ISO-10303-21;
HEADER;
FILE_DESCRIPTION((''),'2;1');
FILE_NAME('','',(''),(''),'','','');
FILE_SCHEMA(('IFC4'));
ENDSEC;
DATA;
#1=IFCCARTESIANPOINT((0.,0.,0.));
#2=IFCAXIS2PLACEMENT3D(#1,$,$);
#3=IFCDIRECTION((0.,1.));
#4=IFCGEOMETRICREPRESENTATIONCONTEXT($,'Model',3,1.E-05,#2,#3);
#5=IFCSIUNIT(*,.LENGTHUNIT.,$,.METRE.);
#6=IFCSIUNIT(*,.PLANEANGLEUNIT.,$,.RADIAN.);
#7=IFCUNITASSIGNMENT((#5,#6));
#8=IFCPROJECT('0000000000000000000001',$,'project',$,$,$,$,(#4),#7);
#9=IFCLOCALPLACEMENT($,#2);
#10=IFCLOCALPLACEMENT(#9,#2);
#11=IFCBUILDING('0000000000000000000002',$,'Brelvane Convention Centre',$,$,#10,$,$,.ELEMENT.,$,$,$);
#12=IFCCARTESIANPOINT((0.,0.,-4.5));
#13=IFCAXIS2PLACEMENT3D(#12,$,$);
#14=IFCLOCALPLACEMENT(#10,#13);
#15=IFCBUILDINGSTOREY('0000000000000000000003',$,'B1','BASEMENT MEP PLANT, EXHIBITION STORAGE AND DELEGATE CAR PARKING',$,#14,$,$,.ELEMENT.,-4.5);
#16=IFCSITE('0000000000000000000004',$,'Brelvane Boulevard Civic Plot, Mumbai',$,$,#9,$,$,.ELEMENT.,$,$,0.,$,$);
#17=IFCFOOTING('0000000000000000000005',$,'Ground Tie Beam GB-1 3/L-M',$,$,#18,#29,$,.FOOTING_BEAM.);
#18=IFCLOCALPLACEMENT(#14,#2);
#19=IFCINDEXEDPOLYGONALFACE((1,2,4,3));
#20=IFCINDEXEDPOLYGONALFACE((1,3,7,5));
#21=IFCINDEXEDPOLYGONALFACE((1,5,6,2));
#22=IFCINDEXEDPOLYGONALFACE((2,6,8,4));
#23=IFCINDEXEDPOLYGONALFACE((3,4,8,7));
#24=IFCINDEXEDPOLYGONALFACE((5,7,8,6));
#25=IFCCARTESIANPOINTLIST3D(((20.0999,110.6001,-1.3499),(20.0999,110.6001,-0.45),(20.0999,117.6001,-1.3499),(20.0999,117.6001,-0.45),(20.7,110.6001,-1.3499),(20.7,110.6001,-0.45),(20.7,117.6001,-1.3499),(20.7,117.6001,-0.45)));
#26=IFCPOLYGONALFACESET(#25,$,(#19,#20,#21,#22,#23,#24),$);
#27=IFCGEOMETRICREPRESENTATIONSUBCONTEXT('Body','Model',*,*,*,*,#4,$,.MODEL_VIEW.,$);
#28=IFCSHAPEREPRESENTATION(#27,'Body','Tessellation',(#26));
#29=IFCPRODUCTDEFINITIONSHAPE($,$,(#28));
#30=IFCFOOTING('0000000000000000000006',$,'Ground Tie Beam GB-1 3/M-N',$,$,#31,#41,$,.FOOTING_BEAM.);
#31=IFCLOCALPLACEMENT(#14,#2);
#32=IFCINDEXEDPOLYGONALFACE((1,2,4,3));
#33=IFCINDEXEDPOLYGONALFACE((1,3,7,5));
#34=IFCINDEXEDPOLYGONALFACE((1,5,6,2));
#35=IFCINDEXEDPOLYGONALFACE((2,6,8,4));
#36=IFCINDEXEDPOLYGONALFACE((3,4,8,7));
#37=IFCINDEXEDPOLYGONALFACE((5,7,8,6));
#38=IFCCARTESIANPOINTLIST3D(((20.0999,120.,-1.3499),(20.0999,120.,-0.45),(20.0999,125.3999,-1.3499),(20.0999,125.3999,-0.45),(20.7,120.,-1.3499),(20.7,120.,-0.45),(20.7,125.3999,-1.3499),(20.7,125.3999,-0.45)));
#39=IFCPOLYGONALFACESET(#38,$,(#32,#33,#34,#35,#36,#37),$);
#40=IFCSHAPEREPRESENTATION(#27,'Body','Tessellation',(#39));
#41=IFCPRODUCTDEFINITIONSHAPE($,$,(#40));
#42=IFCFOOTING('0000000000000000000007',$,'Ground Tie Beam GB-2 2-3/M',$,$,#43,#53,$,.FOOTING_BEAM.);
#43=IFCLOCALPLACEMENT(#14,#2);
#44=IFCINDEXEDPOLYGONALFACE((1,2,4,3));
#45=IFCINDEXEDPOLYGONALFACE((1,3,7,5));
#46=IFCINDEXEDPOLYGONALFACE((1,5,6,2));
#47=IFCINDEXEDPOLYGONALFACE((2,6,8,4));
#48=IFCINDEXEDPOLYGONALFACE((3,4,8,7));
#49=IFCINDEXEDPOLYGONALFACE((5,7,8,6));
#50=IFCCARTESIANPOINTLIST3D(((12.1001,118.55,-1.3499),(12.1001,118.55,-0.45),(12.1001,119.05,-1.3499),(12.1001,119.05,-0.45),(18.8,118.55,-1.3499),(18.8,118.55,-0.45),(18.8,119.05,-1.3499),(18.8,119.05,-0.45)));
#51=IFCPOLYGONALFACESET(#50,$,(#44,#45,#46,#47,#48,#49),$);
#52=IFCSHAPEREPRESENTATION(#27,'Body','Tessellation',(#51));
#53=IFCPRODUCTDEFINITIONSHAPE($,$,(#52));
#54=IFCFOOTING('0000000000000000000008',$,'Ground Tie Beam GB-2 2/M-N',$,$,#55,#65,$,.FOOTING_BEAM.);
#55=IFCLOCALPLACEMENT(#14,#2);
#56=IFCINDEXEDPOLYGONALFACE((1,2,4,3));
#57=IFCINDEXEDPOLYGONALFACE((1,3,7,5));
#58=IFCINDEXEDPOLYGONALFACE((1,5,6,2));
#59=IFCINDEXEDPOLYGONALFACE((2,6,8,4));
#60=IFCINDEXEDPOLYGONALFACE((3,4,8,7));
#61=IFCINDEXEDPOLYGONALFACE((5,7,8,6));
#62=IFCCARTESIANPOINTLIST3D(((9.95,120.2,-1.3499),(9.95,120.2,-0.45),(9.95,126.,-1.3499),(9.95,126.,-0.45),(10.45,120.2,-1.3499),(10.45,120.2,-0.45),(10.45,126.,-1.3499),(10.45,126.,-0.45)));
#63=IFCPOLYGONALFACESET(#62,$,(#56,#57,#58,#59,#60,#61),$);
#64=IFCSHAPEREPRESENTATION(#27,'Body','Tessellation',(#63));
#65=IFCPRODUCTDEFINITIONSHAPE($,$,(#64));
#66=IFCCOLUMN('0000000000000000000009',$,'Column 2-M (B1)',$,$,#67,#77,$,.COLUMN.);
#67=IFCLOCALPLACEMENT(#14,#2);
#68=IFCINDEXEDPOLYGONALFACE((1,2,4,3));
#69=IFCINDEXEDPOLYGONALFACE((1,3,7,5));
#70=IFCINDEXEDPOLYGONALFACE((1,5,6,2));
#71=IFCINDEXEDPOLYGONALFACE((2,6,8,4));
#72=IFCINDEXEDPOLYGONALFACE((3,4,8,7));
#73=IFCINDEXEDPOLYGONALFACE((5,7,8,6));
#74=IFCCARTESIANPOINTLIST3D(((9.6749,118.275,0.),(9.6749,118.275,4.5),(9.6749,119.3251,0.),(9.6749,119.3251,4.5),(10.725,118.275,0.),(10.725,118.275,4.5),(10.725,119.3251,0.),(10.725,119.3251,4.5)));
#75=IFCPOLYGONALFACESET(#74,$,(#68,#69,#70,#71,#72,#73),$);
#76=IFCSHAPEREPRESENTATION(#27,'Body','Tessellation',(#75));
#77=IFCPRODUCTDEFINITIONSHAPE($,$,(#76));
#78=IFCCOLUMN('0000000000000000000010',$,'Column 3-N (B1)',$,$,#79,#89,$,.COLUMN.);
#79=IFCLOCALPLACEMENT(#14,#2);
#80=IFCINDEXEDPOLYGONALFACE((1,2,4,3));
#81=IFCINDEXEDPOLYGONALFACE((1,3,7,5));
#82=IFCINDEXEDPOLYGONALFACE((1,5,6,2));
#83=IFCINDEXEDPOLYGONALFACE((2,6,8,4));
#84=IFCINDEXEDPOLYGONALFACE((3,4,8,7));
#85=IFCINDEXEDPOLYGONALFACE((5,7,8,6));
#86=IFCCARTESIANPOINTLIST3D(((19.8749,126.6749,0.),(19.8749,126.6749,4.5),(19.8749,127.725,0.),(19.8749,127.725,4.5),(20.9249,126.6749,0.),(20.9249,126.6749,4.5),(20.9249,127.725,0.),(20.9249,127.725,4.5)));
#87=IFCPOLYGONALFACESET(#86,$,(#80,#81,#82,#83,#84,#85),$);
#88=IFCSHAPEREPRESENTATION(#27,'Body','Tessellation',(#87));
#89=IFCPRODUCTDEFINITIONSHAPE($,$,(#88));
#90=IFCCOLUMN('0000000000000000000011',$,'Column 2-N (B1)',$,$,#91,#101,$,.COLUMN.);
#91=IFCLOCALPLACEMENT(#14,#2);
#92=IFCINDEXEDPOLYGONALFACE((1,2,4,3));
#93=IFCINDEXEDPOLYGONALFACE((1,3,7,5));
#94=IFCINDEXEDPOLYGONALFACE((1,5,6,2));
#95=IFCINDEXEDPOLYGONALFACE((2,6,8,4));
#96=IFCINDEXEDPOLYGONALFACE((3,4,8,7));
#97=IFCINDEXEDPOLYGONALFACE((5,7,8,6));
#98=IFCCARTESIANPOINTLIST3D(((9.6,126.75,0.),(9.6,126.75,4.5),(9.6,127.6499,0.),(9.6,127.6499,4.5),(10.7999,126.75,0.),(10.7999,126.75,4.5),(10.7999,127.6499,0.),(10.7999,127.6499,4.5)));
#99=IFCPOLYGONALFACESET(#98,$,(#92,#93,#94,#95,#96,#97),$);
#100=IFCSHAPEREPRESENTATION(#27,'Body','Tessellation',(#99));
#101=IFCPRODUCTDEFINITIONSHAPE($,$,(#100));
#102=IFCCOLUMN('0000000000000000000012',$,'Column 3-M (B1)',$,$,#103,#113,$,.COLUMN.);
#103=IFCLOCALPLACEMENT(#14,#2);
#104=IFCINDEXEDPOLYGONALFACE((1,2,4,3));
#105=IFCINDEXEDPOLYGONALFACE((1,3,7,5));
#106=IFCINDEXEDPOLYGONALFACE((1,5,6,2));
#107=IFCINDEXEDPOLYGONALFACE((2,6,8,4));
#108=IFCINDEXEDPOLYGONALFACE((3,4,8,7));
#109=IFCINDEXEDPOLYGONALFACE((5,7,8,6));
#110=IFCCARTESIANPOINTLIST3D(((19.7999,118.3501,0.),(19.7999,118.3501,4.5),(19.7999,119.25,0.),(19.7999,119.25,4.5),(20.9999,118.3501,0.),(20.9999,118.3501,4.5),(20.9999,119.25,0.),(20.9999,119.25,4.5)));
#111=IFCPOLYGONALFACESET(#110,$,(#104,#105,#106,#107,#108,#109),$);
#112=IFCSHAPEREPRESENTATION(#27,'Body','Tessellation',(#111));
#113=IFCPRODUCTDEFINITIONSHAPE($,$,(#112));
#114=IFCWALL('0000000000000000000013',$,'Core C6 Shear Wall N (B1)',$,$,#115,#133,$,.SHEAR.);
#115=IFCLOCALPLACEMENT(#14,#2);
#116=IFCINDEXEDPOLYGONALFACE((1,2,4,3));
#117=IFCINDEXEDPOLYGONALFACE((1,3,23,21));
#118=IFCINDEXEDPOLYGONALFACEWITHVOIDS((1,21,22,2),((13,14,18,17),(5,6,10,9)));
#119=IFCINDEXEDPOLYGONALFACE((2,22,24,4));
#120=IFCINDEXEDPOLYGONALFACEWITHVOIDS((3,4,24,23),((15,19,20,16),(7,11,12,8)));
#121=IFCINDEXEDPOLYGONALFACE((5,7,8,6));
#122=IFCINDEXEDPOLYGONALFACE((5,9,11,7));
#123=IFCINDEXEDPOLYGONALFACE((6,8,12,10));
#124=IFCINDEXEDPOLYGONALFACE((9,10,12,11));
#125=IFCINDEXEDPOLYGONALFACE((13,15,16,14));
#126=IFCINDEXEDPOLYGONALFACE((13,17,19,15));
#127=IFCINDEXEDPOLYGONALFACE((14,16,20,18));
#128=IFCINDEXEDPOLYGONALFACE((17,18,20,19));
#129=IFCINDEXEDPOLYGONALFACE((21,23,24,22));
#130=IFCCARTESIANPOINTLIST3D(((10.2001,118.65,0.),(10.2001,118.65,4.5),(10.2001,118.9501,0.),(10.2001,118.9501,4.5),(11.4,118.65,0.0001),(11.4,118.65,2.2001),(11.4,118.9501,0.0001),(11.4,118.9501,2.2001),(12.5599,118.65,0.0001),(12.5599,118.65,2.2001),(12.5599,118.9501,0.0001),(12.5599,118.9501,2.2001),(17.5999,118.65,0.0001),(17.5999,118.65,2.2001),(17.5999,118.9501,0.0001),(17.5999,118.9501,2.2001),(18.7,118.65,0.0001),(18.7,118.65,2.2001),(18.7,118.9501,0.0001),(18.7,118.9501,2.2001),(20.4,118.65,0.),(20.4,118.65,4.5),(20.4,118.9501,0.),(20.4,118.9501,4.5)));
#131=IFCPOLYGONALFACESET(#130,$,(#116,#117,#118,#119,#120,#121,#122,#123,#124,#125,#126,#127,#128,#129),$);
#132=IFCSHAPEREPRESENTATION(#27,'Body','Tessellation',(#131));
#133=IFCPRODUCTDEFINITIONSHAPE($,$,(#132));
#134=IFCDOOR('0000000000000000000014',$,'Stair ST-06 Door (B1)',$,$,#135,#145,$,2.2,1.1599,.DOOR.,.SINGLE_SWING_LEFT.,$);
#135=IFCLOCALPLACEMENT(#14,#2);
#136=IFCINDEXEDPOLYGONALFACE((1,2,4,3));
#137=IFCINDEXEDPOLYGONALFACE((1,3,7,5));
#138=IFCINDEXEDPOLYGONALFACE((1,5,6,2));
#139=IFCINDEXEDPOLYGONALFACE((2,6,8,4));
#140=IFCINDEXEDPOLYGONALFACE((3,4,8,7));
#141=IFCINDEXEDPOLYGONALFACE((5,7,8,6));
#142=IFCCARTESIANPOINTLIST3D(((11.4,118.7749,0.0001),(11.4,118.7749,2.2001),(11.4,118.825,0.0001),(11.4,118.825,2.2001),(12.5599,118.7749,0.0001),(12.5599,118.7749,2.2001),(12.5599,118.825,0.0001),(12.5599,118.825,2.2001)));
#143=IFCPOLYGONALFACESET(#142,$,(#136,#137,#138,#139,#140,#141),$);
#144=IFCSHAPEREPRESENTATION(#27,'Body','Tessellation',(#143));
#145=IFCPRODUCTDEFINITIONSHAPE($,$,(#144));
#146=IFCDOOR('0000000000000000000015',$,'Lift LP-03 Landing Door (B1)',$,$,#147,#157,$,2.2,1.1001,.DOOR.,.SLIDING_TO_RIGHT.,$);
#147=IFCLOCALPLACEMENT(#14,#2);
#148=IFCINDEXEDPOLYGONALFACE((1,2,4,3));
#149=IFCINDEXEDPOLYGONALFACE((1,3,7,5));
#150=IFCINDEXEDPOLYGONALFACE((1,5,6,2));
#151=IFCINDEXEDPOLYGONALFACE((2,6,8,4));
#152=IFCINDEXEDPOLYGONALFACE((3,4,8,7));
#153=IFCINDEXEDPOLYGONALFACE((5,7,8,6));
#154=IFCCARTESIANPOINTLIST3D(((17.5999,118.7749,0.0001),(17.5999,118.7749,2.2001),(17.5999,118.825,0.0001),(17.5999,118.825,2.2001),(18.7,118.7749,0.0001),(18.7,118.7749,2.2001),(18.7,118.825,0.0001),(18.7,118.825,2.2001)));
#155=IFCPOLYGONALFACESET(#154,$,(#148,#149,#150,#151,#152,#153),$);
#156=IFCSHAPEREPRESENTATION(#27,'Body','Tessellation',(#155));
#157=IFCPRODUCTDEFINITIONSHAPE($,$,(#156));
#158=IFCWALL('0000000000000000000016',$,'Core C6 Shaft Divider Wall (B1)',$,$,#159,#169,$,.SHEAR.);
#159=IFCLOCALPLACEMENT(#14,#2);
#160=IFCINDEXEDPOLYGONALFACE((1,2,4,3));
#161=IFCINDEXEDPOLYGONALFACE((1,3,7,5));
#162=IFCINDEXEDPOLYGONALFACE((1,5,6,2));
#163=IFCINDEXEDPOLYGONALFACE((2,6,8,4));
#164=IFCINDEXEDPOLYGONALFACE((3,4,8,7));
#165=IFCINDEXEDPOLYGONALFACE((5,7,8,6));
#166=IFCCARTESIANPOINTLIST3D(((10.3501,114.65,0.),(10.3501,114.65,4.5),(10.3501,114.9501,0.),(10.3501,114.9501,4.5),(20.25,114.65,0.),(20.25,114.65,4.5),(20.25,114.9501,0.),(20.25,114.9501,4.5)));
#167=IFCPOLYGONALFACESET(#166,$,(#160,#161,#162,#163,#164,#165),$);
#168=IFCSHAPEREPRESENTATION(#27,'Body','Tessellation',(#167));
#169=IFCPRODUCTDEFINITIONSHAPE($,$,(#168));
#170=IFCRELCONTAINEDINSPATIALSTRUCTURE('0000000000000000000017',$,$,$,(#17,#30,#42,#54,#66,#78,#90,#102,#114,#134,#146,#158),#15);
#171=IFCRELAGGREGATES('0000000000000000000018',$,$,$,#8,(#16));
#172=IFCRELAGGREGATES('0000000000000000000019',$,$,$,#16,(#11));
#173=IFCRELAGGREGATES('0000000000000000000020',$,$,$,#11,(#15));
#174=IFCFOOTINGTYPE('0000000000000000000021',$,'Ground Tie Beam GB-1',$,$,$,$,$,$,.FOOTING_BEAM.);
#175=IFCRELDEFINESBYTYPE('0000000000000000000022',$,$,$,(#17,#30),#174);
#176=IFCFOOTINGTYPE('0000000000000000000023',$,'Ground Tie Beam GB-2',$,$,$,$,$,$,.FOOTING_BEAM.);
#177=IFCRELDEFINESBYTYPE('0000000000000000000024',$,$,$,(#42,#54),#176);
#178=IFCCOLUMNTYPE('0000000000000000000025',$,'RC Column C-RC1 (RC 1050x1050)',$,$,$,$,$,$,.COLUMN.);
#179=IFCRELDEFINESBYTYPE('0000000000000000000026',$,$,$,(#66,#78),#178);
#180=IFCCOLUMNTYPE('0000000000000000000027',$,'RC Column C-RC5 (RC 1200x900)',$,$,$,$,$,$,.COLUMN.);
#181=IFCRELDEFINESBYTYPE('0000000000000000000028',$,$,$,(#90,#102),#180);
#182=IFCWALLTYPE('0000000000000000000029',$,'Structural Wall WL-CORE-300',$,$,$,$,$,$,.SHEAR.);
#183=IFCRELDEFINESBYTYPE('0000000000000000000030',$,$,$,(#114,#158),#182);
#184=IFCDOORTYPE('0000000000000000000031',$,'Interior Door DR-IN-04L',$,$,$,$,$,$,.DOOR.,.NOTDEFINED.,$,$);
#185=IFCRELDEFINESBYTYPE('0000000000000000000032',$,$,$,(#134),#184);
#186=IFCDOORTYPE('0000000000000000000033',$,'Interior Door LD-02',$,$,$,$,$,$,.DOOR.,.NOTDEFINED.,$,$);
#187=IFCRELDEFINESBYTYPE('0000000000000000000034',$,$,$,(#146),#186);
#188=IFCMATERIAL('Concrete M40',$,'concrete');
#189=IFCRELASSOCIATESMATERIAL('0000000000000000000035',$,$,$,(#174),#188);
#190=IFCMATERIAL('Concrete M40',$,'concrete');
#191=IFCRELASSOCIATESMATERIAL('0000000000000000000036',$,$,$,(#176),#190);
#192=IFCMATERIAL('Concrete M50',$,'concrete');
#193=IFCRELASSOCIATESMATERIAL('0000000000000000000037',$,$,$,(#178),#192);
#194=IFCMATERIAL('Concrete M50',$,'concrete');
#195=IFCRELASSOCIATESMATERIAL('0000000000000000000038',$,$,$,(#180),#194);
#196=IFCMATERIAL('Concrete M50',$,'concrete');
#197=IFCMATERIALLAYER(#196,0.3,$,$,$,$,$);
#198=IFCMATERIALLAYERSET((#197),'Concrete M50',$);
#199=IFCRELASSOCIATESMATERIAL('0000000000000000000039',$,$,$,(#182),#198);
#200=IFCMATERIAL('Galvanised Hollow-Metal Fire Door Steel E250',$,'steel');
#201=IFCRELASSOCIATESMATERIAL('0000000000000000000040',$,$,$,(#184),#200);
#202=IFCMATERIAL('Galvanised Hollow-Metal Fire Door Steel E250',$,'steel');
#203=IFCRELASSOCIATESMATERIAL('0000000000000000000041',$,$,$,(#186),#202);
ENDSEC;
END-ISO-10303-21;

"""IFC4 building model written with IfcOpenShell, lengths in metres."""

from ifc_helpers import new_model, si_unit, direction, frame, frame_2d, origin, origin_2d, place, context, subcontext, project, spatial, rectangle, extrude, material, layer, layer_set, material_profile, profile_set, type_object, element, fill, save


model = new_model("IFC4")

# Units and contexts
model_context = context("Model", 3, precision=1e-05, world=origin(), true_north=direction((0.0, 1.0)))
body_context = subcontext(model_context, "Body", "Model", "MODEL_VIEW")
ifc_project = project(units=[si_unit("LENGTHUNIT", "METRE"), si_unit("PLANEANGLEUNIT", "RADIAN")], contexts=[model_context])

# Site, building, storey
site_placement = place(None, origin())
site = spatial("IfcSite", under=ifc_project, at=site_placement, Name="Brelvane Boulevard Civic Plot, Mumbai", CompositionType="ELEMENT", RefElevation=0.0)
building_placement = place(site_placement, origin())
building = spatial("IfcBuilding", under=site, at=building_placement, Name="Brelvane Convention Centre", CompositionType="ELEMENT")
storey_placement = place(building_placement, frame((0.0, 0.0, -4.5)))
storey = spatial("IfcBuildingStorey", under=building, at=storey_placement, Name="B1", Description="BASEMENT MEP PLANT, EXHIBITION STORAGE AND DELEGATE CAR PARKING", CompositionType="ELEMENT", Elevation=-4.5)

# Footings
ifc_material_1 = material(Name="Concrete M40", Category="concrete")
ifc_material_profile_1 = material_profile(ifc_material_1, rectangle(XDim=0.6001, YDim=0.8999, at=origin_2d()), Name="RC 600x900")
ifc_profile_set_1 = profile_set([ifc_material_profile_1], Name="Concrete M40")
footing_type_1 = type_object("IfcFootingType", Name="Ground Tie Beam GB-1", PredefinedType="FOOTING_BEAM", material=ifc_profile_set_1)
footing_1_placement = place(storey_placement, frame((20.3999, 110.6001, -0.8999), z_axis=(0.0, 1.0, 0.0), x_axis=(-1.0, 0.0, 0.0)))
element("IfcFooting", 1, at=footing_1_placement, inside=storey, type_object=footing_type_1, Name="Ground Tie Beam GB-1 3/L-M", PredefinedType="FOOTING_BEAM", context=body_context, shape_type="SweptSolid", body=[
    extrude(rectangle(XDim=0.6001, YDim=0.8999, at=origin_2d()), origin(), (0.0, 0.0, 1.0), 7.0),
])
footing_2_placement = place(storey_placement, frame((20.3999, 120.0, -0.8999), z_axis=(0.0, 1.0, 0.0), x_axis=(-1.0, 0.0, 0.0)))
element("IfcFooting", 2, at=footing_2_placement, inside=storey, type_object=footing_type_1, Name="Ground Tie Beam GB-1 3/M-N", PredefinedType="FOOTING_BEAM", context=body_context, shape_type="SweptSolid", body=[
    extrude(rectangle(XDim=0.6001, YDim=0.8999, at=origin_2d()), origin(), (0.0, 0.0, 1.0), 5.3999),
])
ifc_material_2 = material(Name="Concrete M40", Category="concrete")
ifc_material_profile_2 = material_profile(ifc_material_2, rectangle(XDim=0.5, YDim=0.8999, at=origin_2d()), Name="RC 500x900")
ifc_profile_set_2 = profile_set([ifc_material_profile_2], Name="Concrete M40")
footing_type_2 = type_object("IfcFootingType", Name="Ground Tie Beam GB-2", PredefinedType="FOOTING_BEAM", material=ifc_profile_set_2)
footing_3_placement = place(storey_placement, frame((12.1001, 118.8, -0.8999), z_axis=(1.0, 0.0, 0.0), x_axis=(0.0, 1.0, 0.0)))
element("IfcFooting", 3, at=footing_3_placement, inside=storey, type_object=footing_type_2, Name="Ground Tie Beam GB-2 2-3/M", PredefinedType="FOOTING_BEAM", context=body_context, shape_type="SweptSolid", body=[
    extrude(rectangle(XDim=0.5, YDim=0.8999, at=origin_2d()), origin(), (0.0, 0.0, 1.0), 6.7),
])
footing_4_placement = place(storey_placement, frame((10.2, 120.2, -0.8999), z_axis=(0.0, 1.0, 0.0), x_axis=(-1.0, 0.0, 0.0)))
element("IfcFooting", 4, at=footing_4_placement, inside=storey, type_object=footing_type_2, Name="Ground Tie Beam GB-2 2/M-N", PredefinedType="FOOTING_BEAM", context=body_context, shape_type="SweptSolid", body=[
    extrude(rectangle(XDim=0.5, YDim=0.8999, at=origin_2d()), origin(), (0.0, 0.0, 1.0), 5.8),
])

# Columns
ifc_material_3 = material(Name="Concrete M50", Category="concrete")
ifc_material_profile_3 = material_profile(ifc_material_3, rectangle(XDim=1.05, YDim=1.05, at=origin_2d()), Name="RC 1050x1050")
ifc_profile_set_3 = profile_set([ifc_material_profile_3], Name="Concrete M50")
column_type_1 = type_object("IfcColumnType", Name="RC Column C-RC1 (RC 1050x1050)", PredefinedType="COLUMN", material=ifc_profile_set_3)
for number, where, z_axis, x_axis, name in (
    (5, (10.2, 118.8, 0.0), (0.0, 0.0, 1.0), (1.0, 0.0, 0.0), "Column 2-M (B1)"),
    (6, (20.3999, 127.2, 0.0), (0.0, 0.0, 1.0), (1.0, 0.0, 0.0), "Column 3-N (B1)"),
):
    element("IfcColumn", number, at=place(storey_placement, frame(where, z_axis=z_axis, x_axis=x_axis)), inside=storey, type_object=column_type_1, Name=name, PredefinedType="COLUMN", context=body_context, shape_type="SweptSolid", body=[
        extrude(rectangle(XDim=1.05, YDim=1.05, at=origin_2d()), origin(), (0.0, 0.0, 1.0), 4.5),
    ])
ifc_material_4 = material(Name="Concrete M50", Category="concrete")
ifc_material_profile_4 = material_profile(ifc_material_4, rectangle(XDim=1.2, YDim=0.8999, at=origin_2d()), Name="RC 1200x900")
ifc_profile_set_4 = profile_set([ifc_material_profile_4], Name="Concrete M50")
column_type_2 = type_object("IfcColumnType", Name="RC Column C-RC5 (RC 1200x900)", PredefinedType="COLUMN", material=ifc_profile_set_4)
for number, where, z_axis, x_axis, name in (
    (7, (10.2, 127.2, 0.0), (0.0, 0.0, 1.0), (1.0, 0.0, 0.0), "Column 2-N (B1)"),
    (8, (20.3999, 118.8, 0.0), (0.0, 0.0, 1.0), (1.0, 0.0, 0.0), "Column 3-M (B1)"),
):
    element("IfcColumn", number, at=place(storey_placement, frame(where, z_axis=z_axis, x_axis=x_axis)), inside=storey, type_object=column_type_2, Name=name, PredefinedType="COLUMN", context=body_context, shape_type="SweptSolid", body=[
        extrude(rectangle(XDim=1.2, YDim=0.8999, at=origin_2d()), origin(), (0.0, 0.0, 1.0), 4.5),
    ])

# Wall, openings, doors
ifc_material_5 = material(Name="Concrete M50", Category="concrete")
ifc_layer = layer(ifc_material_5, 0.3)
ifc_layer_set = layer_set([ifc_layer], Name="Concrete M50")
wall_type = type_object("IfcWallType", Name="Structural Wall WL-CORE-300", PredefinedType="SHEAR", material=ifc_layer_set)
wall_1_placement = place(storey_placement, frame((10.2, 118.8, 0.0), z_axis=(0.0, 0.0, 1.0), x_axis=(1.0, 0.0, 0.0)))
wall_1 = element("IfcWall", 9, at=wall_1_placement, inside=storey, type_object=wall_type, Name="Core C6 Shear Wall N (B1)", PredefinedType="SHEAR", context=body_context, shape_type="SweptSolid", body=[
    extrude(rectangle(XDim=10.2, YDim=0.3, at=frame_2d((5.1001, 0.0))), origin(), (0.0, 0.0, 1.0), 4.5),
])
opening_1_placement = place(wall_1_placement, frame((1.2, 0.0, 0.0)))
opening_1 = element("IfcOpeningElement", 10, at=opening_1_placement, cuts=wall_1, PredefinedType="OPENING", context=body_context, shape_type="SweptSolid", body=[
    extrude(rectangle(XDim=1.1599, YDim=2.2, at=frame_2d((0.5801, 1.1001))), frame((0.0, 0.1599, 0.0), z_axis=(0.0, -1.0, 0.0), x_axis=(1.0, 0.0, 0.0)), (0.0, 0.0, 1.0), 0.3201),
])
opening_2_placement = place(wall_1_placement, frame((7.3999, 0.0, 0.0)))
opening_2 = element("IfcOpeningElement", 11, at=opening_2_placement, cuts=wall_1, PredefinedType="OPENING", context=body_context, shape_type="SweptSolid", body=[
    extrude(rectangle(XDim=1.1001, YDim=2.2, at=frame_2d((0.55, 1.1001))), frame((0.0, 0.1599, 0.0), z_axis=(0.0, -1.0, 0.0), x_axis=(1.0, 0.0, 0.0)), (0.0, 0.0, 1.0), 0.3201),
])
ifc_material_6 = material(Name="Galvanised Hollow-Metal Fire Door Steel E250", Category="steel")
door_type_1 = type_object("IfcDoorType", Name="Interior Door DR-IN-04L", OperationType="NOTDEFINED", PredefinedType="DOOR", material=ifc_material_6)
door_1_placement = place(opening_1_placement, origin())
door_1 = element("IfcDoor", 12, at=door_1_placement, inside=storey, type_object=door_type_1, Name="Stair ST-06 Door (B1)", OperationType="SINGLE_SWING_LEFT", OverallHeight=2.2, OverallWidth=1.1599, PredefinedType="DOOR", context=body_context, shape_type="SweptSolid", body=[
    extrude(rectangle(XDim=1.1599, YDim=2.2, at=frame_2d((0.5801, 1.1001))), frame((0.0, 0.0249, 0.0), z_axis=(0.0, -1.0, 0.0), x_axis=(1.0, 0.0, 0.0)), (0.0, 0.0, 1.0), 0.05),
])
fill(opening_1, door_1)
ifc_material_7 = material(Name="Galvanised Hollow-Metal Fire Door Steel E250", Category="steel")
door_type_2 = type_object("IfcDoorType", Name="Interior Door LD-02", OperationType="NOTDEFINED", PredefinedType="DOOR", material=ifc_material_7)
door_2_placement = place(opening_2_placement, origin())
door_2 = element("IfcDoor", 13, at=door_2_placement, inside=storey, type_object=door_type_2, Name="Lift LP-03 Landing Door (B1)", OperationType="SLIDING_TO_RIGHT", OverallHeight=2.2, OverallWidth=1.1001, PredefinedType="DOOR", context=body_context, shape_type="SweptSolid", body=[
    extrude(rectangle(XDim=1.1001, YDim=2.2, at=frame_2d((0.55, 1.1001))), frame((0.0, 0.0249, 0.0), z_axis=(0.0, -1.0, 0.0), x_axis=(1.0, 0.0, 0.0)), (0.0, 0.0, 1.0), 0.05),
])
fill(opening_2, door_2)

# Wall
wall_2_placement = place(storey_placement, frame((10.3501, 114.8, 0.0), z_axis=(0.0, 0.0, 1.0), x_axis=(1.0, 0.0, 0.0)))
element("IfcWall", 14, at=wall_2_placement, inside=storey, type_object=wall_type, Name="Core C6 Shaft Divider Wall (B1)", PredefinedType="SHEAR", context=body_context, shape_type="SweptSolid", body=[
    extrude(rectangle(XDim=9.8999, YDim=0.3, at=frame_2d((4.95, 0.0))), origin(), (0.0, 0.0, 1.0), 4.5),
])

save(model, "model.ifc")
